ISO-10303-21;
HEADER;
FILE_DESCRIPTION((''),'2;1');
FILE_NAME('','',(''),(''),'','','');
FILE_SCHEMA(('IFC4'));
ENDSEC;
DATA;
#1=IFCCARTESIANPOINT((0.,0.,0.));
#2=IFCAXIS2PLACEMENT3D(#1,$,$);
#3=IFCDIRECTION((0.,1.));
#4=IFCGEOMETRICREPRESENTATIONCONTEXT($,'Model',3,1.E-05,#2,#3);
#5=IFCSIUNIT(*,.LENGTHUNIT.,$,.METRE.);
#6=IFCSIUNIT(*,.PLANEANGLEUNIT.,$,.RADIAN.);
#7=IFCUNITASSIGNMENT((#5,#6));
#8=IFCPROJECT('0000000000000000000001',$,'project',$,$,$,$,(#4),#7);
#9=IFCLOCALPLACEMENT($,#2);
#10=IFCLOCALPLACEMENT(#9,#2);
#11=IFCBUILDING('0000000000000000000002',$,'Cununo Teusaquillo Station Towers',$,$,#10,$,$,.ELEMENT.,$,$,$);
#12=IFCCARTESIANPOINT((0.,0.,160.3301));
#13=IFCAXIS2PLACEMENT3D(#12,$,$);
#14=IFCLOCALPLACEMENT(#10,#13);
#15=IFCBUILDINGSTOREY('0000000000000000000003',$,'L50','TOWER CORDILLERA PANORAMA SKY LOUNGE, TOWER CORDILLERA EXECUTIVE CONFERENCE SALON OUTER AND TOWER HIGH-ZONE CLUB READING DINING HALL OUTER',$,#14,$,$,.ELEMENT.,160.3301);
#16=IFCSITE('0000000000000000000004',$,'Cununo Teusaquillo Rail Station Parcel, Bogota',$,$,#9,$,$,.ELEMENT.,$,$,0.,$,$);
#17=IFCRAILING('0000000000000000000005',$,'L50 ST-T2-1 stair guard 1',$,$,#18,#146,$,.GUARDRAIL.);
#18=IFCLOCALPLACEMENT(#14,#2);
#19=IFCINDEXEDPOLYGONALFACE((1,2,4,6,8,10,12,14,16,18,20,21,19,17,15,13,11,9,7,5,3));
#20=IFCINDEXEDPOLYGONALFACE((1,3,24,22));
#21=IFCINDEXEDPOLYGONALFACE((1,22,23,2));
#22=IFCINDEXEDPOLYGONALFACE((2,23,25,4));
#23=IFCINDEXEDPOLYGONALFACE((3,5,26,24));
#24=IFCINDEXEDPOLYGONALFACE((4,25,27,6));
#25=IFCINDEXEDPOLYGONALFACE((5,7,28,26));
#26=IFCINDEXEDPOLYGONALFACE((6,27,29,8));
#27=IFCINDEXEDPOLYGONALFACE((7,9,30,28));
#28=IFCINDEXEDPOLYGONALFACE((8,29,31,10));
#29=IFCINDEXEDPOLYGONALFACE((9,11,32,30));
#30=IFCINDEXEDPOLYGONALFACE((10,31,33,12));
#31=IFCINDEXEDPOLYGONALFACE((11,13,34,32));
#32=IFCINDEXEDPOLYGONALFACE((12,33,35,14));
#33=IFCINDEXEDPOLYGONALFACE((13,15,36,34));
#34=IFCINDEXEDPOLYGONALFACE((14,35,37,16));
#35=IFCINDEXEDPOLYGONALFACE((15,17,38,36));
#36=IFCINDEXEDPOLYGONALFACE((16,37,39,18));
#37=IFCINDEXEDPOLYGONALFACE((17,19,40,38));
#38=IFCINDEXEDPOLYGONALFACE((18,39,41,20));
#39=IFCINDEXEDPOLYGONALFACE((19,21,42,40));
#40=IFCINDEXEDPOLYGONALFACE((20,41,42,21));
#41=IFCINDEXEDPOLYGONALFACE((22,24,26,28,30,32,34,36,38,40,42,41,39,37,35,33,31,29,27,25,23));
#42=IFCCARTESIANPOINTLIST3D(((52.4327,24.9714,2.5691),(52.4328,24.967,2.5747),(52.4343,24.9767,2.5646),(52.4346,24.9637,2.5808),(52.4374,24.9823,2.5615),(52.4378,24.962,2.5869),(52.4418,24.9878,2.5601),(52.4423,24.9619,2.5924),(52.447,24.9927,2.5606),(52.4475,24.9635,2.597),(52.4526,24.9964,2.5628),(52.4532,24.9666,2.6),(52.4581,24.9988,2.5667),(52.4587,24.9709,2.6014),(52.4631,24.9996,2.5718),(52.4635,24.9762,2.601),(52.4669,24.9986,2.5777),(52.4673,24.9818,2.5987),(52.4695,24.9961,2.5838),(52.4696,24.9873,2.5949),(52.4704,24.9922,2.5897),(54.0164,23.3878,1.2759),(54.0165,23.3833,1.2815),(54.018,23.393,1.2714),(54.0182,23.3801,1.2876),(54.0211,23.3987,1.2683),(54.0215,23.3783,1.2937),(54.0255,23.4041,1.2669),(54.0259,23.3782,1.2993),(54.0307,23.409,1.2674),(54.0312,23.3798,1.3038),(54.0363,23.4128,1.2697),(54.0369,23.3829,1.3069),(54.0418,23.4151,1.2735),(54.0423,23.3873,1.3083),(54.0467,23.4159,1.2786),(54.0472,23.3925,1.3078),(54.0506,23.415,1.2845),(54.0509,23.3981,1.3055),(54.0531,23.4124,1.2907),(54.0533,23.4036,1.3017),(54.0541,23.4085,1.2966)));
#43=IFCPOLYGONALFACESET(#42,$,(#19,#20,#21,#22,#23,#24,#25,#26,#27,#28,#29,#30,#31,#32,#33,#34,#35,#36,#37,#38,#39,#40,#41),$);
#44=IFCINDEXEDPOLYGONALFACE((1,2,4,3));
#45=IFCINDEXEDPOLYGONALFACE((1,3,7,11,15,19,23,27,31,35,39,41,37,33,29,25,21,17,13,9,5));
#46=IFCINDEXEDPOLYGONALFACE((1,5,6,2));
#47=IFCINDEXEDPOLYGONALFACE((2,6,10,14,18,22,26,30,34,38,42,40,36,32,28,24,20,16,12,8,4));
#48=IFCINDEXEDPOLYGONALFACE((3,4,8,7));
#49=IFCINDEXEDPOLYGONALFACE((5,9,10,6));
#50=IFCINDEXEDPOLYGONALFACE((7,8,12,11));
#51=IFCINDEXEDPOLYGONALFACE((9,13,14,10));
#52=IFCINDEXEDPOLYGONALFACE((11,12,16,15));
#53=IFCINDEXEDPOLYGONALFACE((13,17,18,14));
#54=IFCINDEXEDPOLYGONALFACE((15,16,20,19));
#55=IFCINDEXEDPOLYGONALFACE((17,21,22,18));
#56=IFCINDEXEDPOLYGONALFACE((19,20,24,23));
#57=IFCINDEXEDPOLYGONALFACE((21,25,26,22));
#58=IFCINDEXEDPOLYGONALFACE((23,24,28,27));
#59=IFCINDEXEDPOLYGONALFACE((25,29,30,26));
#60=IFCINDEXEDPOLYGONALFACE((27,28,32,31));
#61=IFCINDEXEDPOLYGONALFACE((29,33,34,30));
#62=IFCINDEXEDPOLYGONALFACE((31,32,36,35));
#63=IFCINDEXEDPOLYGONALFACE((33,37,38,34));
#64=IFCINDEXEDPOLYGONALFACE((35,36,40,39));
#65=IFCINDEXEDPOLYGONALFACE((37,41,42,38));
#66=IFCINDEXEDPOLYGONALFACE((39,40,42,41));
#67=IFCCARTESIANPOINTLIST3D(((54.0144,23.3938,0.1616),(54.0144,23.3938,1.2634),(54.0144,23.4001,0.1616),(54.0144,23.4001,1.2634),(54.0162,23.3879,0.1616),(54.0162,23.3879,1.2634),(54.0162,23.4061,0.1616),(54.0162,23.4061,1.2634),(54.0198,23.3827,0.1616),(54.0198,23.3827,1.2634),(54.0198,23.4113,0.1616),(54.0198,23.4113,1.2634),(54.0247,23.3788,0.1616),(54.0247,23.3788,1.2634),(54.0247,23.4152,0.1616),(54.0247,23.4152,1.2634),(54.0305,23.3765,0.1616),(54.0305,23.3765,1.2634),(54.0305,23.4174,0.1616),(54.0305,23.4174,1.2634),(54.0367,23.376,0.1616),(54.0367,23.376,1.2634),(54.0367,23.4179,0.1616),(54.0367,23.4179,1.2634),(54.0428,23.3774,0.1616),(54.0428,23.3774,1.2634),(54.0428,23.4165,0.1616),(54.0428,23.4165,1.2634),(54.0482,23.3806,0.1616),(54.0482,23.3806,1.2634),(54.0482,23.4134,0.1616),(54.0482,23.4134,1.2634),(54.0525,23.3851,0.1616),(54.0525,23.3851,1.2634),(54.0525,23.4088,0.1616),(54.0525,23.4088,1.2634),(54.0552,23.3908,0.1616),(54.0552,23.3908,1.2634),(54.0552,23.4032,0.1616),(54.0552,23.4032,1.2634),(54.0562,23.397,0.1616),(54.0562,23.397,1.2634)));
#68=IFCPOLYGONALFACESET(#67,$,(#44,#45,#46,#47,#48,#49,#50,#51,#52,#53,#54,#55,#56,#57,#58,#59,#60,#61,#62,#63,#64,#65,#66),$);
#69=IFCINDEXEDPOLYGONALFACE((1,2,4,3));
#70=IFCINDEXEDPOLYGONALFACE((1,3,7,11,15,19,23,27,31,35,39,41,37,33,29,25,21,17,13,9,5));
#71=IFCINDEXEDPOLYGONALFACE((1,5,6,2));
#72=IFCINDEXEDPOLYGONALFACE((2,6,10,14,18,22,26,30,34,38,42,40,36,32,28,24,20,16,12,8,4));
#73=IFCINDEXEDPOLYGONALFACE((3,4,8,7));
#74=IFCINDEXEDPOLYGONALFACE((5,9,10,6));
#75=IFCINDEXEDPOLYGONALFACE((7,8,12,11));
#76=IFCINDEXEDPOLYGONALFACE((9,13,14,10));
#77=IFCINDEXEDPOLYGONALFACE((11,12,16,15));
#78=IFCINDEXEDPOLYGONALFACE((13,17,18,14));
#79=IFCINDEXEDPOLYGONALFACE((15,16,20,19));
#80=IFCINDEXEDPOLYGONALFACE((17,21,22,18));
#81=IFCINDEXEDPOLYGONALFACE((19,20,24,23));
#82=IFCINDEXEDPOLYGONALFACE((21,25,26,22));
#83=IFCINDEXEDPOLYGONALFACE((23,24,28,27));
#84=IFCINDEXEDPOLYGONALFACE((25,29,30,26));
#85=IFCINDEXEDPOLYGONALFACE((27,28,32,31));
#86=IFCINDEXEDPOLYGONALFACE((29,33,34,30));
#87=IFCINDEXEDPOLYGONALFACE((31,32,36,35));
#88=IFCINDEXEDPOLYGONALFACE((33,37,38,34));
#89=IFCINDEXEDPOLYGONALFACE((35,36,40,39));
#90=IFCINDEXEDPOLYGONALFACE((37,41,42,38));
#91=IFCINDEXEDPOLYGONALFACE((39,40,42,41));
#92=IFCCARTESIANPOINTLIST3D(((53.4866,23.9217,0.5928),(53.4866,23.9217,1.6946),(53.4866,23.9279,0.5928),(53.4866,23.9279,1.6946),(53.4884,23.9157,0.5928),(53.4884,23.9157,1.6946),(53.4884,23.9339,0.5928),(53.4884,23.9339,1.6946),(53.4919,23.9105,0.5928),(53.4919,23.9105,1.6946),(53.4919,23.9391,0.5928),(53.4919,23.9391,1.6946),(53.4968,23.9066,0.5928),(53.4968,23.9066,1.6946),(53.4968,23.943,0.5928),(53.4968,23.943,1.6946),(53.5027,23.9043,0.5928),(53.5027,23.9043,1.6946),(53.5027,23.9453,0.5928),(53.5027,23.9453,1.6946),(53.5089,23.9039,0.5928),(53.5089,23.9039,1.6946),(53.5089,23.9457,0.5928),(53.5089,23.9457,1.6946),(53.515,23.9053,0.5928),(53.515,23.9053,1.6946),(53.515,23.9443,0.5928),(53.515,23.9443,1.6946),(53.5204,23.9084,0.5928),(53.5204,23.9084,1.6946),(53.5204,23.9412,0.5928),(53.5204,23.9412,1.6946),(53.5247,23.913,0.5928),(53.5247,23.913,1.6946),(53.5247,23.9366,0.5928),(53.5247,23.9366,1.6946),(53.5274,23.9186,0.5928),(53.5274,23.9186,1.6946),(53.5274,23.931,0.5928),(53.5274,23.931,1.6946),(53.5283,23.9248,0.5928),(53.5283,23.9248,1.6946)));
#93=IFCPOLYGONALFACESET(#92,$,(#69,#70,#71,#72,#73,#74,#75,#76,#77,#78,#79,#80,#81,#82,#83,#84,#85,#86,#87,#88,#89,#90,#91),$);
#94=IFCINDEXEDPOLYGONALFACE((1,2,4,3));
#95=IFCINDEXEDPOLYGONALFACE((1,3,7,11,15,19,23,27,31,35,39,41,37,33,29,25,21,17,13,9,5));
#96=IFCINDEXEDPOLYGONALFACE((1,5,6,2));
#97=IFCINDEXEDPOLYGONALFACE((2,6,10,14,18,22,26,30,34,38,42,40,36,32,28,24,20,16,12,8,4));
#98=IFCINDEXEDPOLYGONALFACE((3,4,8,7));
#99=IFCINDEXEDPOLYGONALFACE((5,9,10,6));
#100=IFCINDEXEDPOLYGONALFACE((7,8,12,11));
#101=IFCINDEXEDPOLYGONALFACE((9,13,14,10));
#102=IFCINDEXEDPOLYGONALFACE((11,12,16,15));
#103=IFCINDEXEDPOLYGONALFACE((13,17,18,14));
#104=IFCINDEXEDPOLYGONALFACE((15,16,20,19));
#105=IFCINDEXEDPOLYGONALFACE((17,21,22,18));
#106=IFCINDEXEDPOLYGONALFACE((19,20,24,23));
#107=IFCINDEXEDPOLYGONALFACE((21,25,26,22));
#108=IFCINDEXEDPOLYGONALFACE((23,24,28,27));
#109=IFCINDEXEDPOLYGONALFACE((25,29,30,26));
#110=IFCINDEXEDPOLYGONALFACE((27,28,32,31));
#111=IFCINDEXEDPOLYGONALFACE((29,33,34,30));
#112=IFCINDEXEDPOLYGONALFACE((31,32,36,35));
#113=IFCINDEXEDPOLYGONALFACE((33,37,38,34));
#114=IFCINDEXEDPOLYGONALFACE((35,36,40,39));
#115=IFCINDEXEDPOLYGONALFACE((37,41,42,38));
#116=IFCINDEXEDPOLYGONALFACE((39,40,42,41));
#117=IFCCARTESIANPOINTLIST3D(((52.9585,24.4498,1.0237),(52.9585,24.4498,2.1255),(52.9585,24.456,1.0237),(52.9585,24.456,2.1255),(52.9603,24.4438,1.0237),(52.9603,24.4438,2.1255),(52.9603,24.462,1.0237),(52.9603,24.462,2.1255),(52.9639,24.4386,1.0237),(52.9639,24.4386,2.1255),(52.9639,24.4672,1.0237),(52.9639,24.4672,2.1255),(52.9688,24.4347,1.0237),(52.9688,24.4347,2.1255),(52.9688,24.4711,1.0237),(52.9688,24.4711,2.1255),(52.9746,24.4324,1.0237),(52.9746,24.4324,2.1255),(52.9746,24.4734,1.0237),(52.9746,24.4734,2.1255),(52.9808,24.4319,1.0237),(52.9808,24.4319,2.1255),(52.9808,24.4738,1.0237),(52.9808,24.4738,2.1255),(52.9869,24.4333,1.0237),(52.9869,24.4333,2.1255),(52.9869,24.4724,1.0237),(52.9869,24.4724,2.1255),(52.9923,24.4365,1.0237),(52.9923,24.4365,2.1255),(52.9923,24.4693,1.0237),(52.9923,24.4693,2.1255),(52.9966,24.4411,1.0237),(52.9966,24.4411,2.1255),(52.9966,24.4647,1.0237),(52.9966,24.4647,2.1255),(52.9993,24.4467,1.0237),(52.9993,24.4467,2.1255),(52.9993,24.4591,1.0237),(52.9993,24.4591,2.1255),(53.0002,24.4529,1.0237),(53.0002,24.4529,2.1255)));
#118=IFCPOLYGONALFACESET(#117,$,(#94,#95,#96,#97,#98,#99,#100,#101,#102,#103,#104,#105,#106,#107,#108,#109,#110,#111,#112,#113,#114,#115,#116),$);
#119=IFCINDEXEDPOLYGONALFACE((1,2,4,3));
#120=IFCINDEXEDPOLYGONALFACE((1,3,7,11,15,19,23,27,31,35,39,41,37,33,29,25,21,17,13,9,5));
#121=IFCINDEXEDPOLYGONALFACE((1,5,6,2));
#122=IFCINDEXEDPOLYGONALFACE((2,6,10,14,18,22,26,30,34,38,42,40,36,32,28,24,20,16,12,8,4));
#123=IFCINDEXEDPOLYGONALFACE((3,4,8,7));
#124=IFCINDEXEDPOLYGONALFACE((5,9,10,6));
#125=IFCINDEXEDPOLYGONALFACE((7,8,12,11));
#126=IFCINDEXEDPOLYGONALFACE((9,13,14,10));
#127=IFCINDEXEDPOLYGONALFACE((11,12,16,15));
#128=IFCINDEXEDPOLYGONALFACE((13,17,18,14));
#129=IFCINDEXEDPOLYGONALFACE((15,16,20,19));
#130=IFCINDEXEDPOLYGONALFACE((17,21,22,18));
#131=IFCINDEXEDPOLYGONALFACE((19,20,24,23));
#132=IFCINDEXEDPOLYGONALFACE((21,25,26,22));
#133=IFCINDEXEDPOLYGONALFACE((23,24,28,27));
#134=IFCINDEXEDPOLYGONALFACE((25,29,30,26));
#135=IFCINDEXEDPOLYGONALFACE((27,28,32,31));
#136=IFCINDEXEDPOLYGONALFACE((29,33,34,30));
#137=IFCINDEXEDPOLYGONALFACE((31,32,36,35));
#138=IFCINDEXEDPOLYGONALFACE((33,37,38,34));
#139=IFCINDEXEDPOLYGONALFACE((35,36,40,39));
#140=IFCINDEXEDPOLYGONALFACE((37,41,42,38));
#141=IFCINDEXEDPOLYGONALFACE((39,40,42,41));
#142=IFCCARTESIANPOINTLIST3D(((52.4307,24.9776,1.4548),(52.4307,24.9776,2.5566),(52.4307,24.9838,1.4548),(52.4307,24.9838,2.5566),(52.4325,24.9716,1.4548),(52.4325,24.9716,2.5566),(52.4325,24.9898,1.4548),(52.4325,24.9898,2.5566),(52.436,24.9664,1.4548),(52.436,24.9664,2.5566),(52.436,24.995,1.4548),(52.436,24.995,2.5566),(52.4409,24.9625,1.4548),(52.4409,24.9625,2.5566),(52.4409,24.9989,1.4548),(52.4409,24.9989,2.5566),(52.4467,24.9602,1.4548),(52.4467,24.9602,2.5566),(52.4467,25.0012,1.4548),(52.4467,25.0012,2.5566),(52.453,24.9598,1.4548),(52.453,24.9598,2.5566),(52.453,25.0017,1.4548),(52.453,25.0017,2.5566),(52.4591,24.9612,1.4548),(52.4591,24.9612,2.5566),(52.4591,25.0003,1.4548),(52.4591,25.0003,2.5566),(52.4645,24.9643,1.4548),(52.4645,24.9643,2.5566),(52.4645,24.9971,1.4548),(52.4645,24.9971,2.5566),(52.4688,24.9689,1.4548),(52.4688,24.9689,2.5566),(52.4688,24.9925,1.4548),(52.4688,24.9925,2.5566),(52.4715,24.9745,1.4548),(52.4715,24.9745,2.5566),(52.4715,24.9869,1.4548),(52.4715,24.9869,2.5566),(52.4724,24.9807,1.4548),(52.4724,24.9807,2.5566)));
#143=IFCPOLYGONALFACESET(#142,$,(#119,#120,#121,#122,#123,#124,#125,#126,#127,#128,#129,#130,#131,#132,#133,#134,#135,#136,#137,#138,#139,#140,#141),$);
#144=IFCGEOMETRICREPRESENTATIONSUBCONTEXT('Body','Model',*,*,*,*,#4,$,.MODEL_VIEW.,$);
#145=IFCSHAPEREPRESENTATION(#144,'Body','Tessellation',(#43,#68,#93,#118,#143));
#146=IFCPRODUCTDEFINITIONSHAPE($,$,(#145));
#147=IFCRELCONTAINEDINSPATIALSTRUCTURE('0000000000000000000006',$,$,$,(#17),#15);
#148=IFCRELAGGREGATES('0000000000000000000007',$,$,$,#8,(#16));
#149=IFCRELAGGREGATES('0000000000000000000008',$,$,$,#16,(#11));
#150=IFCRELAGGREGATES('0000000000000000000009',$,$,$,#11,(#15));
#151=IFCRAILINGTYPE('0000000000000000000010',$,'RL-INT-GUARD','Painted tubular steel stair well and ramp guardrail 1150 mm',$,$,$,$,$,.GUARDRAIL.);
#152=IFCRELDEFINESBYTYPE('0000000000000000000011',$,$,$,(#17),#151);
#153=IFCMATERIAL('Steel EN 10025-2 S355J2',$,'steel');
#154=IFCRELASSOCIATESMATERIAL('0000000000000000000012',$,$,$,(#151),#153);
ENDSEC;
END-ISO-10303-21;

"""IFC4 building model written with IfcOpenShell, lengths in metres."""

from ifc_helpers import new_model, si_unit, direction, frame, origin, origin_2d, place, context, subcontext, project, spatial, circle, extrude, material, type_object, element, save


model = new_model("IFC4")

# Units and contexts
model_context = context("Model", 3, precision=1e-05, world=origin(), true_north=direction((0.0, 1.0)))
body_context = subcontext(model_context, "Body", "Model", "MODEL_VIEW")
ifc_project = project(units=[si_unit("LENGTHUNIT", "METRE"), si_unit("PLANEANGLEUNIT", "RADIAN")], contexts=[model_context])

# Site, building, storey
site_placement = place(None, origin())
site = spatial("IfcSite", under=ifc_project, at=site_placement, Name="Cununo Teusaquillo Rail Station Parcel, Bogota", CompositionType="ELEMENT", RefElevation=0.0)
building_placement = place(site_placement, origin())
building = spatial("IfcBuilding", under=site, at=building_placement, Name="Cununo Teusaquillo Station Towers", CompositionType="ELEMENT")
storey_placement = place(building_placement, frame((0.0, 0.0, 160.3301)))
storey = spatial("IfcBuildingStorey", under=building, at=storey_placement, Name="L50", Description="TOWER CORDILLERA PANORAMA SKY LOUNGE, TOWER CORDILLERA EXECUTIVE CONFERENCE SALON OUTER AND TOWER HIGH-ZONE CLUB READING DINING HALL OUTER", CompositionType="ELEMENT", Elevation=160.3301)

# Railing
ifc_material_1 = material(Name="Steel EN 10025-2 S355J2", Category="steel")
railing_type_1 = type_object("IfcRailingType", Name="RL-INT-GUARD", Description="Painted tubular steel stair well and ramp guardrail 1150 mm", PredefinedType="GUARDRAIL", material=ifc_material_1)
railing_1_placement = place(storey_placement, frame((54.0352, 23.397, 0.1616)))
element("IfcRailing", 1, at=railing_1_placement, inside=storey, type_object=railing_type_1, Name="L50 ST-T2-1 stair guard 1", PredefinedType="GUARDRAIL", context=body_context, shape_type="SweptSolid", body=[
    extrude(circle(Radius=0.0239, at=origin_2d()), frame((0.0, 0.0, 1.126), z_axis=(-0.612361, 0.612361, 0.500027), x_axis=(-0.707107, -0.707107, 0.0)), (0.0, 0.0, 1.0), 2.5862),
    extrude(circle(Radius=0.021, at=origin_2d()), origin(), (0.0, 0.0, 1.0), 1.1018),
    extrude(circle(Radius=0.021, at=origin_2d()), frame((-0.5278, 0.5278, 0.4312)), (0.0, 0.0, 1.0), 1.1018),
    extrude(circle(Radius=0.021, at=origin_2d()), frame((-1.0559, 1.0559, 0.8621)), (0.0, 0.0, 1.0), 1.1018),
    extrude(circle(Radius=0.021, at=origin_2d()), frame((-1.5837, 1.5837, 1.2932)), (0.0, 0.0, 1.0), 1.1018),
])

save(model, "model.ifc")
